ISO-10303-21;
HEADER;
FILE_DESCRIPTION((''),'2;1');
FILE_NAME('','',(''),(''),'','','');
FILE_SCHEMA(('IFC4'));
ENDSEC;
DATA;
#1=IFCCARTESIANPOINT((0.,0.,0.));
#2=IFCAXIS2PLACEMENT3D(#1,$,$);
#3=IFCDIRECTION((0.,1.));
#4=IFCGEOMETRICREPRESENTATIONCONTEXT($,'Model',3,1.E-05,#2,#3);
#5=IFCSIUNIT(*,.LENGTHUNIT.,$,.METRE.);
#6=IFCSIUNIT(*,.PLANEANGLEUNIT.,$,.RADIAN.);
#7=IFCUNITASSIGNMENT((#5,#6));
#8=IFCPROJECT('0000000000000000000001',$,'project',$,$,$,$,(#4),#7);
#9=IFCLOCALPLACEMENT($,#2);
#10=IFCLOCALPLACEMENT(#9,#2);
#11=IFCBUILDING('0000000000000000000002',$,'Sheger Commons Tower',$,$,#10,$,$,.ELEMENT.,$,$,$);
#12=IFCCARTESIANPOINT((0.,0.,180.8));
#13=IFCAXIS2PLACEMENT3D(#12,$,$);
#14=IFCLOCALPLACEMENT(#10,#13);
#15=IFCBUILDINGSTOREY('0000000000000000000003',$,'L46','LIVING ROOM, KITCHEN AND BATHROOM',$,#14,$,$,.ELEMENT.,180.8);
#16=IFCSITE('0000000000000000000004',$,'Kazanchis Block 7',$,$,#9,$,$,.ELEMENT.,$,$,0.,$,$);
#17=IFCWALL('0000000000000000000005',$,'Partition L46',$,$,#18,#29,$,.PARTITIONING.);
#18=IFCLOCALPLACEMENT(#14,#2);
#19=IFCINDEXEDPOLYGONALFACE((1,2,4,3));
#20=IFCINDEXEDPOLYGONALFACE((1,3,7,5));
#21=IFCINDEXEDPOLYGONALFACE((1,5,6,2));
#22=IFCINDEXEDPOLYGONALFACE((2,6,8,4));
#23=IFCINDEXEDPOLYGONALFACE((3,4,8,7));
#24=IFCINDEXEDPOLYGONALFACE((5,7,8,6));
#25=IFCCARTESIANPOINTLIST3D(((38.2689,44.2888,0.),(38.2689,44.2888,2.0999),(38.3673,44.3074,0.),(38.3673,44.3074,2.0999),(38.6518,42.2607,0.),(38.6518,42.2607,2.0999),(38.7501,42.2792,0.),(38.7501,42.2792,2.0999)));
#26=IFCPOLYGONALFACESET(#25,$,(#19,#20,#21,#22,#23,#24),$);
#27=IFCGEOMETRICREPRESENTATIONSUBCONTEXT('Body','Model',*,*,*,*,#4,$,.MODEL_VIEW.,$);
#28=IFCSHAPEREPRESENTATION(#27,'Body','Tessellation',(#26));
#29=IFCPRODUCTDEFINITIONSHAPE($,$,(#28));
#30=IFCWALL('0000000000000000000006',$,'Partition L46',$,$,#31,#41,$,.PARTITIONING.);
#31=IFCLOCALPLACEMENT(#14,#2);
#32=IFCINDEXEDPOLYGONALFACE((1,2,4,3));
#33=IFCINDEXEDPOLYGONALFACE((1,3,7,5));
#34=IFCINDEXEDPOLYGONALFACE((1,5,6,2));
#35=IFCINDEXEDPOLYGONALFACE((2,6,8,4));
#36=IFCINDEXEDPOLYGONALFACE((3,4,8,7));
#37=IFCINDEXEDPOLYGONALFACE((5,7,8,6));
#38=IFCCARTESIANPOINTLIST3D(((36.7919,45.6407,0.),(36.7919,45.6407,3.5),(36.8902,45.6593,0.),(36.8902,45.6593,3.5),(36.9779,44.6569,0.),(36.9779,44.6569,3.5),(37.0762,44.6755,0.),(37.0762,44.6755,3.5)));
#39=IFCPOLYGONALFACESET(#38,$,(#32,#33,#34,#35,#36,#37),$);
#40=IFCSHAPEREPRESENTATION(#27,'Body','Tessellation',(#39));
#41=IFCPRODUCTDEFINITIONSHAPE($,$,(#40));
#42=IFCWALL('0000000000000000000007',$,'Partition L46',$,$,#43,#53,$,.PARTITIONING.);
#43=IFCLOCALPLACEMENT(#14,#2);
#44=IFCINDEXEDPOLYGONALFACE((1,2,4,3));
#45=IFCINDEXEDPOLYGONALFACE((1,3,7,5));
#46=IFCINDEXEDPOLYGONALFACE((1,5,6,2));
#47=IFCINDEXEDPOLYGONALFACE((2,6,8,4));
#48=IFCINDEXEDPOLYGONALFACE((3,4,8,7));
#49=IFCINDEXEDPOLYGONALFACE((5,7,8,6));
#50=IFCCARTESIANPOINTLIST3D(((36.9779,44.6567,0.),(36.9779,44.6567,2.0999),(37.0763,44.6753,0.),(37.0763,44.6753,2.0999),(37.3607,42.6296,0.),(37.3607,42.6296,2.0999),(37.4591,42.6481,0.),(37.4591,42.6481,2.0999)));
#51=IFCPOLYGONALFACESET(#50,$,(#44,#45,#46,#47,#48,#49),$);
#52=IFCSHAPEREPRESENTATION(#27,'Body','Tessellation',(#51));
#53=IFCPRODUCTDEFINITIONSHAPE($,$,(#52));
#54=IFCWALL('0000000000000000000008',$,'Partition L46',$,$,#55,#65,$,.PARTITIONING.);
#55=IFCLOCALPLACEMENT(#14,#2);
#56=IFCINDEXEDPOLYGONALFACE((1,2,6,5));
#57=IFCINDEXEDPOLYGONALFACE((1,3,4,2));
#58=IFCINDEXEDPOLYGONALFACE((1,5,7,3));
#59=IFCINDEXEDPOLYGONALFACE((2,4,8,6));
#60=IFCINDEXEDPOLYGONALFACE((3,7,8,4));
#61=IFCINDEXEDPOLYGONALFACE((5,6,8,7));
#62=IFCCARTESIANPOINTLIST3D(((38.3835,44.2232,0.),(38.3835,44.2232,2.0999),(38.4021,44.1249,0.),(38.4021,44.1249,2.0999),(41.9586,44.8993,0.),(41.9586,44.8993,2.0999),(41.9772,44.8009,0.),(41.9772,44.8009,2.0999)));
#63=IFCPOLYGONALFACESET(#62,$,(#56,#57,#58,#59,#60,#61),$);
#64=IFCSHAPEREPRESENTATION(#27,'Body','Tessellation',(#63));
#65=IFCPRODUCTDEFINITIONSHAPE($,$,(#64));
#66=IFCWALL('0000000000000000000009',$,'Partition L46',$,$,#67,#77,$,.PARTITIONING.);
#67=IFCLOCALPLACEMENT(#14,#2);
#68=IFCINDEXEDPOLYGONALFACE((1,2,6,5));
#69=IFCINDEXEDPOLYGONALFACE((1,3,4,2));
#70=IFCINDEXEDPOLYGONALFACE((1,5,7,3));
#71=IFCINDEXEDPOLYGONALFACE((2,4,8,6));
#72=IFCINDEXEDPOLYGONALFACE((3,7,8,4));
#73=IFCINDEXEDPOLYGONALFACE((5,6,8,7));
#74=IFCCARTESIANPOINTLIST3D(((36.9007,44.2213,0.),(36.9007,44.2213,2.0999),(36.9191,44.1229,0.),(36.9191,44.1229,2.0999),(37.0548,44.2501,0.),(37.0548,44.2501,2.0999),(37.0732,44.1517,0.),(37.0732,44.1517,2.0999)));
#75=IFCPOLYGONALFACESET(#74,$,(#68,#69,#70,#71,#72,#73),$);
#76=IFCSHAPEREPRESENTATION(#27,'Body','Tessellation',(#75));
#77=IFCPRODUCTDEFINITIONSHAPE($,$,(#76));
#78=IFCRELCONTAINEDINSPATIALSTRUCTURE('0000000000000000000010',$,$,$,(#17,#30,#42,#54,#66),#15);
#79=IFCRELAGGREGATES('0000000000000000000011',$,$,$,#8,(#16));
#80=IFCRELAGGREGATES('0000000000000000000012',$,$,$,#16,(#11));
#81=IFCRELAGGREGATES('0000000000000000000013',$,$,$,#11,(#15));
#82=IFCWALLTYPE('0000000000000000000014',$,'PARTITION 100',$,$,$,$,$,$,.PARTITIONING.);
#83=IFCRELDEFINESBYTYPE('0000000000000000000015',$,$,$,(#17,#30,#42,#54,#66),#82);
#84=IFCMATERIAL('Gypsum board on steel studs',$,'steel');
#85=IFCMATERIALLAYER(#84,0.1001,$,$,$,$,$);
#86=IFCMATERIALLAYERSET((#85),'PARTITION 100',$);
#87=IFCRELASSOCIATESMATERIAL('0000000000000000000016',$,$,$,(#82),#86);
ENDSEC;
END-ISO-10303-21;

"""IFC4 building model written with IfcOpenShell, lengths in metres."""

from ifc_helpers import new_model, si_unit, direction, frame, frame_2d, origin, place, context, subcontext, project, spatial, rectangle, extrude, material, layer, layer_set, type_object, element, save


model = new_model("IFC4")

# Units and contexts
model_context = context("Model", 3, precision=1e-05, world=origin(), true_north=direction((0.0, 1.0)))
body_context = subcontext(model_context, "Body", "Model", "MODEL_VIEW")
ifc_project = project(units=[si_unit("LENGTHUNIT", "METRE"), si_unit("PLANEANGLEUNIT", "RADIAN")], contexts=[model_context])

# Site, building, storey
site_placement = place(None, origin())
site = spatial("IfcSite", under=ifc_project, at=site_placement, Name="Kazanchis Block 7", CompositionType="ELEMENT", RefElevation=0.0)
building_placement = place(site_placement, origin())
building = spatial("IfcBuilding", under=site, at=building_placement, Name="Sheger Commons Tower", CompositionType="ELEMENT")
storey_placement = place(building_placement, frame((0.0, 0.0, 180.8)))
storey = spatial("IfcBuildingStorey", under=building, at=storey_placement, Name="L46", Description="LIVING ROOM, KITCHEN AND BATHROOM", CompositionType="ELEMENT", Elevation=180.8)

# Walls
ifc_material_1 = material(Name="Gypsum board on steel studs", Category="steel")
ifc_layer_1 = layer(ifc_material_1, 0.1001)
ifc_layer_set_1 = layer_set([ifc_layer_1], Name="PARTITION 100")
wall_type_1 = type_object("IfcWallType", Name="PARTITION 100", PredefinedType="PARTITIONING", material=ifc_layer_set_1)
wall_1_placement = place(storey_placement, frame((38.3181, 44.2981, 0.0), z_axis=(0.0, 0.0, 1.0), x_axis=(0.185481, -0.982648, 0.0)))
element("IfcWall", 1, at=wall_1_placement, inside=storey, type_object=wall_type_1, Name="Partition L46", PredefinedType="PARTITIONING", context=body_context, shape_type="SweptSolid", body=[
    extrude(rectangle(XDim=2.064, YDim=0.1001, at=frame_2d((1.032, 0.0))), origin(), (0.0, 0.0, 1.0), 2.0999),
])
wall_2_placement = place(storey_placement, frame((36.8411, 45.6499, 0.0), z_axis=(0.0, 0.0, 1.0), x_axis=(0.18579, -0.982589, 0.0)))
element("IfcWall", 2, at=wall_2_placement, inside=storey, type_object=wall_type_1, Name="Partition L46", PredefinedType="PARTITIONING", context=body_context, shape_type="SweptSolid", body=[
    extrude(rectangle(XDim=1.0012, YDim=0.1001, at=frame_2d((0.5005, 0.0))), origin(), (0.0, 0.0, 1.0), 3.5),
])
wall_3_placement = place(storey_placement, frame((37.0271, 44.666, 0.0), z_axis=(0.0, 0.0, 1.0), x_axis=(0.185567, -0.982632, 0.0)))
element("IfcWall", 3, at=wall_3_placement, inside=storey, type_object=wall_type_1, Name="Partition L46", PredefinedType="PARTITIONING", context=body_context, shape_type="SweptSolid", body=[
    extrude(rectangle(XDim=2.063, YDim=0.1001, at=frame_2d((1.0315, 0.0))), origin(), (0.0, 0.0, 1.0), 2.0999),
])
wall_4_placement = place(storey_placement, frame((41.968, 44.8501, 0.0), z_axis=(0.0, 0.0, 1.0), x_axis=(-0.982586, -0.185808, 0.0)))
element("IfcWall", 4, at=wall_4_placement, inside=storey, type_object=wall_type_1, Name="Partition L46", PredefinedType="PARTITIONING", context=body_context, shape_type="SweptSolid", body=[
    extrude(rectangle(XDim=3.6384, YDim=0.1001, at=frame_2d((1.8193, 0.0))), origin(), (0.0, 0.0, 1.0), 2.0999),
])
wall_5_placement = place(storey_placement, frame((37.064, 44.2009, 0.0), z_axis=(0.0, 0.0, 1.0), x_axis=(-0.98296, -0.183818, 0.0)))
element("IfcWall", 5, at=wall_5_placement, inside=storey, type_object=wall_type_1, Name="Partition L46", PredefinedType="PARTITIONING", context=body_context, shape_type="SweptSolid", body=[
    extrude(rectangle(XDim=0.1567, YDim=0.1001, at=frame_2d((0.0784, 0.0))), origin(), (0.0, 0.0, 1.0), 2.0999),
])

save(model, "model.ifc")
